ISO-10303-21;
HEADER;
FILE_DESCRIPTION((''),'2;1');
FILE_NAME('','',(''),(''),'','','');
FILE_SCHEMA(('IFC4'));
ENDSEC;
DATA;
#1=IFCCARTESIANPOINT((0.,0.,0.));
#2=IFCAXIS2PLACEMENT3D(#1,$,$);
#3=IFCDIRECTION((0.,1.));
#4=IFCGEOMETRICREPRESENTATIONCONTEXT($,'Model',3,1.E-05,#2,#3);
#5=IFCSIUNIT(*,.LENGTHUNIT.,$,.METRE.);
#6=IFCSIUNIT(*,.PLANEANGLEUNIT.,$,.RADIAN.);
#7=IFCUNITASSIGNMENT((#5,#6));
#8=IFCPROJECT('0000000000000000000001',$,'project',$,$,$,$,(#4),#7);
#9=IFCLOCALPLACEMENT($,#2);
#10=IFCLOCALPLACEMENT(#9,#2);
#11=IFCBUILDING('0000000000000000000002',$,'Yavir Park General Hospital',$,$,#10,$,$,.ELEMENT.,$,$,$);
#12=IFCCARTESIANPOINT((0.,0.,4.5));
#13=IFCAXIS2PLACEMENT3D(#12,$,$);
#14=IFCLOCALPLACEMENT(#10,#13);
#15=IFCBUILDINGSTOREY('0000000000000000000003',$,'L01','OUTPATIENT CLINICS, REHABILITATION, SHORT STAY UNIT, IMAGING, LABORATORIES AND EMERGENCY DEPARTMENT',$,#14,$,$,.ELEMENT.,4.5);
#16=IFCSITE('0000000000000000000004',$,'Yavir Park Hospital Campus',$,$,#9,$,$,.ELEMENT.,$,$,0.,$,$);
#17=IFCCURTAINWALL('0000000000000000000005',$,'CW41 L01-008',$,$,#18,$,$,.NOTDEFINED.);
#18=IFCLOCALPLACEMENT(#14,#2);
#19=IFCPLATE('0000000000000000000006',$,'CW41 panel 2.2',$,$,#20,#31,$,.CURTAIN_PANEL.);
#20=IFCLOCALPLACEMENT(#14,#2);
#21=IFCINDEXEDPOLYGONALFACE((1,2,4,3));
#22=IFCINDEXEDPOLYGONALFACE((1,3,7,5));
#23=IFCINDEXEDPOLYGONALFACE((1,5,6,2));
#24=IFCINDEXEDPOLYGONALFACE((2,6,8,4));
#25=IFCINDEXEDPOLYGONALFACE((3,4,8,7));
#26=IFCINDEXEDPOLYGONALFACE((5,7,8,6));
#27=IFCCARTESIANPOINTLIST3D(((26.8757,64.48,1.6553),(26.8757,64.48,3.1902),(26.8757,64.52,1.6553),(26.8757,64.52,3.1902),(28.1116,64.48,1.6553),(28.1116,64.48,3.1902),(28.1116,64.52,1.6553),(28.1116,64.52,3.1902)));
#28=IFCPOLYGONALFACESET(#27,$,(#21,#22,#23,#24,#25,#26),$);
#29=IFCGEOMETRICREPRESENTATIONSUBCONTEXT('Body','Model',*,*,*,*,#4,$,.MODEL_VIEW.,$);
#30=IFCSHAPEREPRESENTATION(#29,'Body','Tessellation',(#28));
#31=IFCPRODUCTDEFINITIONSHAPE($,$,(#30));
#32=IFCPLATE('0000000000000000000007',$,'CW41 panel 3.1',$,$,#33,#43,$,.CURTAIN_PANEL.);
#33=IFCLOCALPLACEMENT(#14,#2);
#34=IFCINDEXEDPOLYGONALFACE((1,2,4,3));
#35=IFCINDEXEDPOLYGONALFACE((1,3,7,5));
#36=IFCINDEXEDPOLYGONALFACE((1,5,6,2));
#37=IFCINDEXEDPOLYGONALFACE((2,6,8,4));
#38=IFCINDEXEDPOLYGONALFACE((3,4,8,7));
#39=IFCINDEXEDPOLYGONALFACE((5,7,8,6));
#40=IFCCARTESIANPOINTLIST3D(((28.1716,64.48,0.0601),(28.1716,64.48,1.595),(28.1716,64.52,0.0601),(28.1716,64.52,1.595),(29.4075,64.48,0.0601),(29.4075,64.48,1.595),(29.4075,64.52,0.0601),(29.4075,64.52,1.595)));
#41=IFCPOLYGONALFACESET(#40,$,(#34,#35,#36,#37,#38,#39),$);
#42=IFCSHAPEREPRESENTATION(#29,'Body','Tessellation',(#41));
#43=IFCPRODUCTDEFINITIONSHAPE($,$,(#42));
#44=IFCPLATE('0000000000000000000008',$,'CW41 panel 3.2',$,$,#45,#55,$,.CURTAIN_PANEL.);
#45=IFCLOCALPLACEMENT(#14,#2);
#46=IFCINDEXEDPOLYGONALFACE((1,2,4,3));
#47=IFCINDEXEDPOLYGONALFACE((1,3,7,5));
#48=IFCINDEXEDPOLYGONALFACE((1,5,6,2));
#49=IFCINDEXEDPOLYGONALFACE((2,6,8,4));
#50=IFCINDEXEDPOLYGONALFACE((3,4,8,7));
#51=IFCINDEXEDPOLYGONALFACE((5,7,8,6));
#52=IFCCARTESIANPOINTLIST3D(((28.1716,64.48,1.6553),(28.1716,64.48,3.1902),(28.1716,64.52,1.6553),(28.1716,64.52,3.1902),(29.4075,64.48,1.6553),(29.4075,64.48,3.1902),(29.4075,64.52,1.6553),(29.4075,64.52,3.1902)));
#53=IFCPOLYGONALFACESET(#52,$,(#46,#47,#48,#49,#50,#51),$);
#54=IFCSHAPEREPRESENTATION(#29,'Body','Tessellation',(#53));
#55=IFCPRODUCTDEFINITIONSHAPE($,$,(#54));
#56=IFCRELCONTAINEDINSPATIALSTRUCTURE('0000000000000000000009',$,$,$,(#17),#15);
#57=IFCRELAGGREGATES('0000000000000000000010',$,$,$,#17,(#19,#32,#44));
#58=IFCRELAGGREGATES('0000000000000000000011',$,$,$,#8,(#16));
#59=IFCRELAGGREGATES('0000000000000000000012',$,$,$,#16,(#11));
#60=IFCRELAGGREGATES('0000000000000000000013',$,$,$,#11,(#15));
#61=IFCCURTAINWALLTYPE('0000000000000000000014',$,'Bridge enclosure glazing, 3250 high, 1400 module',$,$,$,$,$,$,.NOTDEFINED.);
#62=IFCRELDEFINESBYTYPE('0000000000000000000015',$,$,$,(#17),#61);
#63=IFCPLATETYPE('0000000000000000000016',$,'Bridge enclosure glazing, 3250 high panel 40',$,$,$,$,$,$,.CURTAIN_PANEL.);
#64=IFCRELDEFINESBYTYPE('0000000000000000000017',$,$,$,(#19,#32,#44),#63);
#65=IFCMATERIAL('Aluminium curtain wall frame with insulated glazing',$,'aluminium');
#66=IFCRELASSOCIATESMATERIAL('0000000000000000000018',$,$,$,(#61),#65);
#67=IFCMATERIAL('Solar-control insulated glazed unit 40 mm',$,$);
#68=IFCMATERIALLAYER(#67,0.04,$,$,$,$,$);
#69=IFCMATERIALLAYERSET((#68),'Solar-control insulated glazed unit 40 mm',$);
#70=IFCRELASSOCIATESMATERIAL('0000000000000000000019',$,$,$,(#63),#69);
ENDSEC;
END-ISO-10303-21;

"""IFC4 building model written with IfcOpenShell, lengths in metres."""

from ifc_helpers import new_model, si_unit, direction, frame, origin, origin_2d, place, context, subcontext, project, spatial, rectangle, extrude, material, layer, layer_set, type_object, element, aggregate, save


model = new_model("IFC4")

# Units and contexts
model_context = context("Model", 3, precision=1e-05, world=origin(), true_north=direction((0.0, 1.0)))
body_context = subcontext(model_context, "Body", "Model", "MODEL_VIEW")
ifc_project = project(units=[si_unit("LENGTHUNIT", "METRE"), si_unit("PLANEANGLEUNIT", "RADIAN")], contexts=[model_context])

# Site, building, storey
site_placement = place(None, origin())
site = spatial("IfcSite", under=ifc_project, at=site_placement, Name="Yavir Park Hospital Campus", CompositionType="ELEMENT", RefElevation=0.0)
building_placement = place(site_placement, origin())
building = spatial("IfcBuilding", under=site, at=building_placement, Name="Yavir Park General Hospital", CompositionType="ELEMENT")
storey_placement = place(building_placement, frame((0.0, 0.0, 4.5)))
storey = spatial("IfcBuildingStorey", under=building, at=storey_placement, Name="L01", Description="OUTPATIENT CLINICS, REHABILITATION, SHORT STAY UNIT, IMAGING, LABORATORIES AND EMERGENCY DEPARTMENT", CompositionType="ELEMENT", Elevation=4.5)

# Curtain wall
ifc_material_1 = material(Name="Aluminium curtain wall frame with insulated glazing", Category="aluminium")
curtain_wall_type = type_object("IfcCurtainWallType", Name="Bridge enclosure glazing, 3250 high, 1400 module", PredefinedType="NOTDEFINED", material=ifc_material_1)
curtain_wall_1_placement = place(storey_placement, origin())
curtain_wall_1 = element("IfcCurtainWall", 1, at=curtain_wall_1_placement, inside=storey, type_object=curtain_wall_type, Name="CW41 L01-008", PredefinedType="NOTDEFINED")

# Plates
ifc_material_2 = material(Name="Solar-control insulated glazed unit 40 mm")
ifc_layer = layer(ifc_material_2, 0.04)
ifc_layer_set = layer_set([ifc_layer], Name="Solar-control insulated glazed unit 40 mm")
plate_type = type_object("IfcPlateType", Name="Bridge enclosure glazing, 3250 high panel 40", PredefinedType="CURTAIN_PANEL", material=ifc_layer_set)
plate_1_placement = place(storey_placement, frame((27.4937, 64.5, 1.6553), z_axis=(0.0, 0.0, 1.0), x_axis=(1.0, 0.0, 0.0)))
plate_1 = element("IfcPlate", 2, at=plate_1_placement, type_object=plate_type, Name="CW41 panel 2.2", PredefinedType="CURTAIN_PANEL", context=body_context, shape_type="SweptSolid", body=[
    extrude(rectangle(XDim=1.2358, YDim=0.04, at=origin_2d()), origin(), (0.0, 0.0, 1.0), 1.5349),
])
plate_2_placement = place(storey_placement, frame((28.7896, 64.5, 0.0601), z_axis=(0.0, 0.0, 1.0), x_axis=(1.0, 0.0, 0.0)))
plate_2 = element("IfcPlate", 3, at=plate_2_placement, type_object=plate_type, Name="CW41 panel 3.1", PredefinedType="CURTAIN_PANEL", context=body_context, shape_type="SweptSolid", body=[
    extrude(rectangle(XDim=1.2358, YDim=0.04, at=origin_2d()), origin(), (0.0, 0.0, 1.0), 1.5349),
])
plate_3_placement = place(storey_placement, frame((28.7896, 64.5, 1.6553), z_axis=(0.0, 0.0, 1.0), x_axis=(1.0, 0.0, 0.0)))
plate_3 = element("IfcPlate", 4, at=plate_3_placement, type_object=plate_type, Name="CW41 panel 3.2", PredefinedType="CURTAIN_PANEL", context=body_context, shape_type="SweptSolid", body=[
    extrude(rectangle(XDim=1.2358, YDim=0.04, at=origin_2d()), origin(), (0.0, 0.0, 1.0), 1.5349),
])
aggregate(curtain_wall_1, [plate_1, plate_2, plate_3])

save(model, "model.ifc")
